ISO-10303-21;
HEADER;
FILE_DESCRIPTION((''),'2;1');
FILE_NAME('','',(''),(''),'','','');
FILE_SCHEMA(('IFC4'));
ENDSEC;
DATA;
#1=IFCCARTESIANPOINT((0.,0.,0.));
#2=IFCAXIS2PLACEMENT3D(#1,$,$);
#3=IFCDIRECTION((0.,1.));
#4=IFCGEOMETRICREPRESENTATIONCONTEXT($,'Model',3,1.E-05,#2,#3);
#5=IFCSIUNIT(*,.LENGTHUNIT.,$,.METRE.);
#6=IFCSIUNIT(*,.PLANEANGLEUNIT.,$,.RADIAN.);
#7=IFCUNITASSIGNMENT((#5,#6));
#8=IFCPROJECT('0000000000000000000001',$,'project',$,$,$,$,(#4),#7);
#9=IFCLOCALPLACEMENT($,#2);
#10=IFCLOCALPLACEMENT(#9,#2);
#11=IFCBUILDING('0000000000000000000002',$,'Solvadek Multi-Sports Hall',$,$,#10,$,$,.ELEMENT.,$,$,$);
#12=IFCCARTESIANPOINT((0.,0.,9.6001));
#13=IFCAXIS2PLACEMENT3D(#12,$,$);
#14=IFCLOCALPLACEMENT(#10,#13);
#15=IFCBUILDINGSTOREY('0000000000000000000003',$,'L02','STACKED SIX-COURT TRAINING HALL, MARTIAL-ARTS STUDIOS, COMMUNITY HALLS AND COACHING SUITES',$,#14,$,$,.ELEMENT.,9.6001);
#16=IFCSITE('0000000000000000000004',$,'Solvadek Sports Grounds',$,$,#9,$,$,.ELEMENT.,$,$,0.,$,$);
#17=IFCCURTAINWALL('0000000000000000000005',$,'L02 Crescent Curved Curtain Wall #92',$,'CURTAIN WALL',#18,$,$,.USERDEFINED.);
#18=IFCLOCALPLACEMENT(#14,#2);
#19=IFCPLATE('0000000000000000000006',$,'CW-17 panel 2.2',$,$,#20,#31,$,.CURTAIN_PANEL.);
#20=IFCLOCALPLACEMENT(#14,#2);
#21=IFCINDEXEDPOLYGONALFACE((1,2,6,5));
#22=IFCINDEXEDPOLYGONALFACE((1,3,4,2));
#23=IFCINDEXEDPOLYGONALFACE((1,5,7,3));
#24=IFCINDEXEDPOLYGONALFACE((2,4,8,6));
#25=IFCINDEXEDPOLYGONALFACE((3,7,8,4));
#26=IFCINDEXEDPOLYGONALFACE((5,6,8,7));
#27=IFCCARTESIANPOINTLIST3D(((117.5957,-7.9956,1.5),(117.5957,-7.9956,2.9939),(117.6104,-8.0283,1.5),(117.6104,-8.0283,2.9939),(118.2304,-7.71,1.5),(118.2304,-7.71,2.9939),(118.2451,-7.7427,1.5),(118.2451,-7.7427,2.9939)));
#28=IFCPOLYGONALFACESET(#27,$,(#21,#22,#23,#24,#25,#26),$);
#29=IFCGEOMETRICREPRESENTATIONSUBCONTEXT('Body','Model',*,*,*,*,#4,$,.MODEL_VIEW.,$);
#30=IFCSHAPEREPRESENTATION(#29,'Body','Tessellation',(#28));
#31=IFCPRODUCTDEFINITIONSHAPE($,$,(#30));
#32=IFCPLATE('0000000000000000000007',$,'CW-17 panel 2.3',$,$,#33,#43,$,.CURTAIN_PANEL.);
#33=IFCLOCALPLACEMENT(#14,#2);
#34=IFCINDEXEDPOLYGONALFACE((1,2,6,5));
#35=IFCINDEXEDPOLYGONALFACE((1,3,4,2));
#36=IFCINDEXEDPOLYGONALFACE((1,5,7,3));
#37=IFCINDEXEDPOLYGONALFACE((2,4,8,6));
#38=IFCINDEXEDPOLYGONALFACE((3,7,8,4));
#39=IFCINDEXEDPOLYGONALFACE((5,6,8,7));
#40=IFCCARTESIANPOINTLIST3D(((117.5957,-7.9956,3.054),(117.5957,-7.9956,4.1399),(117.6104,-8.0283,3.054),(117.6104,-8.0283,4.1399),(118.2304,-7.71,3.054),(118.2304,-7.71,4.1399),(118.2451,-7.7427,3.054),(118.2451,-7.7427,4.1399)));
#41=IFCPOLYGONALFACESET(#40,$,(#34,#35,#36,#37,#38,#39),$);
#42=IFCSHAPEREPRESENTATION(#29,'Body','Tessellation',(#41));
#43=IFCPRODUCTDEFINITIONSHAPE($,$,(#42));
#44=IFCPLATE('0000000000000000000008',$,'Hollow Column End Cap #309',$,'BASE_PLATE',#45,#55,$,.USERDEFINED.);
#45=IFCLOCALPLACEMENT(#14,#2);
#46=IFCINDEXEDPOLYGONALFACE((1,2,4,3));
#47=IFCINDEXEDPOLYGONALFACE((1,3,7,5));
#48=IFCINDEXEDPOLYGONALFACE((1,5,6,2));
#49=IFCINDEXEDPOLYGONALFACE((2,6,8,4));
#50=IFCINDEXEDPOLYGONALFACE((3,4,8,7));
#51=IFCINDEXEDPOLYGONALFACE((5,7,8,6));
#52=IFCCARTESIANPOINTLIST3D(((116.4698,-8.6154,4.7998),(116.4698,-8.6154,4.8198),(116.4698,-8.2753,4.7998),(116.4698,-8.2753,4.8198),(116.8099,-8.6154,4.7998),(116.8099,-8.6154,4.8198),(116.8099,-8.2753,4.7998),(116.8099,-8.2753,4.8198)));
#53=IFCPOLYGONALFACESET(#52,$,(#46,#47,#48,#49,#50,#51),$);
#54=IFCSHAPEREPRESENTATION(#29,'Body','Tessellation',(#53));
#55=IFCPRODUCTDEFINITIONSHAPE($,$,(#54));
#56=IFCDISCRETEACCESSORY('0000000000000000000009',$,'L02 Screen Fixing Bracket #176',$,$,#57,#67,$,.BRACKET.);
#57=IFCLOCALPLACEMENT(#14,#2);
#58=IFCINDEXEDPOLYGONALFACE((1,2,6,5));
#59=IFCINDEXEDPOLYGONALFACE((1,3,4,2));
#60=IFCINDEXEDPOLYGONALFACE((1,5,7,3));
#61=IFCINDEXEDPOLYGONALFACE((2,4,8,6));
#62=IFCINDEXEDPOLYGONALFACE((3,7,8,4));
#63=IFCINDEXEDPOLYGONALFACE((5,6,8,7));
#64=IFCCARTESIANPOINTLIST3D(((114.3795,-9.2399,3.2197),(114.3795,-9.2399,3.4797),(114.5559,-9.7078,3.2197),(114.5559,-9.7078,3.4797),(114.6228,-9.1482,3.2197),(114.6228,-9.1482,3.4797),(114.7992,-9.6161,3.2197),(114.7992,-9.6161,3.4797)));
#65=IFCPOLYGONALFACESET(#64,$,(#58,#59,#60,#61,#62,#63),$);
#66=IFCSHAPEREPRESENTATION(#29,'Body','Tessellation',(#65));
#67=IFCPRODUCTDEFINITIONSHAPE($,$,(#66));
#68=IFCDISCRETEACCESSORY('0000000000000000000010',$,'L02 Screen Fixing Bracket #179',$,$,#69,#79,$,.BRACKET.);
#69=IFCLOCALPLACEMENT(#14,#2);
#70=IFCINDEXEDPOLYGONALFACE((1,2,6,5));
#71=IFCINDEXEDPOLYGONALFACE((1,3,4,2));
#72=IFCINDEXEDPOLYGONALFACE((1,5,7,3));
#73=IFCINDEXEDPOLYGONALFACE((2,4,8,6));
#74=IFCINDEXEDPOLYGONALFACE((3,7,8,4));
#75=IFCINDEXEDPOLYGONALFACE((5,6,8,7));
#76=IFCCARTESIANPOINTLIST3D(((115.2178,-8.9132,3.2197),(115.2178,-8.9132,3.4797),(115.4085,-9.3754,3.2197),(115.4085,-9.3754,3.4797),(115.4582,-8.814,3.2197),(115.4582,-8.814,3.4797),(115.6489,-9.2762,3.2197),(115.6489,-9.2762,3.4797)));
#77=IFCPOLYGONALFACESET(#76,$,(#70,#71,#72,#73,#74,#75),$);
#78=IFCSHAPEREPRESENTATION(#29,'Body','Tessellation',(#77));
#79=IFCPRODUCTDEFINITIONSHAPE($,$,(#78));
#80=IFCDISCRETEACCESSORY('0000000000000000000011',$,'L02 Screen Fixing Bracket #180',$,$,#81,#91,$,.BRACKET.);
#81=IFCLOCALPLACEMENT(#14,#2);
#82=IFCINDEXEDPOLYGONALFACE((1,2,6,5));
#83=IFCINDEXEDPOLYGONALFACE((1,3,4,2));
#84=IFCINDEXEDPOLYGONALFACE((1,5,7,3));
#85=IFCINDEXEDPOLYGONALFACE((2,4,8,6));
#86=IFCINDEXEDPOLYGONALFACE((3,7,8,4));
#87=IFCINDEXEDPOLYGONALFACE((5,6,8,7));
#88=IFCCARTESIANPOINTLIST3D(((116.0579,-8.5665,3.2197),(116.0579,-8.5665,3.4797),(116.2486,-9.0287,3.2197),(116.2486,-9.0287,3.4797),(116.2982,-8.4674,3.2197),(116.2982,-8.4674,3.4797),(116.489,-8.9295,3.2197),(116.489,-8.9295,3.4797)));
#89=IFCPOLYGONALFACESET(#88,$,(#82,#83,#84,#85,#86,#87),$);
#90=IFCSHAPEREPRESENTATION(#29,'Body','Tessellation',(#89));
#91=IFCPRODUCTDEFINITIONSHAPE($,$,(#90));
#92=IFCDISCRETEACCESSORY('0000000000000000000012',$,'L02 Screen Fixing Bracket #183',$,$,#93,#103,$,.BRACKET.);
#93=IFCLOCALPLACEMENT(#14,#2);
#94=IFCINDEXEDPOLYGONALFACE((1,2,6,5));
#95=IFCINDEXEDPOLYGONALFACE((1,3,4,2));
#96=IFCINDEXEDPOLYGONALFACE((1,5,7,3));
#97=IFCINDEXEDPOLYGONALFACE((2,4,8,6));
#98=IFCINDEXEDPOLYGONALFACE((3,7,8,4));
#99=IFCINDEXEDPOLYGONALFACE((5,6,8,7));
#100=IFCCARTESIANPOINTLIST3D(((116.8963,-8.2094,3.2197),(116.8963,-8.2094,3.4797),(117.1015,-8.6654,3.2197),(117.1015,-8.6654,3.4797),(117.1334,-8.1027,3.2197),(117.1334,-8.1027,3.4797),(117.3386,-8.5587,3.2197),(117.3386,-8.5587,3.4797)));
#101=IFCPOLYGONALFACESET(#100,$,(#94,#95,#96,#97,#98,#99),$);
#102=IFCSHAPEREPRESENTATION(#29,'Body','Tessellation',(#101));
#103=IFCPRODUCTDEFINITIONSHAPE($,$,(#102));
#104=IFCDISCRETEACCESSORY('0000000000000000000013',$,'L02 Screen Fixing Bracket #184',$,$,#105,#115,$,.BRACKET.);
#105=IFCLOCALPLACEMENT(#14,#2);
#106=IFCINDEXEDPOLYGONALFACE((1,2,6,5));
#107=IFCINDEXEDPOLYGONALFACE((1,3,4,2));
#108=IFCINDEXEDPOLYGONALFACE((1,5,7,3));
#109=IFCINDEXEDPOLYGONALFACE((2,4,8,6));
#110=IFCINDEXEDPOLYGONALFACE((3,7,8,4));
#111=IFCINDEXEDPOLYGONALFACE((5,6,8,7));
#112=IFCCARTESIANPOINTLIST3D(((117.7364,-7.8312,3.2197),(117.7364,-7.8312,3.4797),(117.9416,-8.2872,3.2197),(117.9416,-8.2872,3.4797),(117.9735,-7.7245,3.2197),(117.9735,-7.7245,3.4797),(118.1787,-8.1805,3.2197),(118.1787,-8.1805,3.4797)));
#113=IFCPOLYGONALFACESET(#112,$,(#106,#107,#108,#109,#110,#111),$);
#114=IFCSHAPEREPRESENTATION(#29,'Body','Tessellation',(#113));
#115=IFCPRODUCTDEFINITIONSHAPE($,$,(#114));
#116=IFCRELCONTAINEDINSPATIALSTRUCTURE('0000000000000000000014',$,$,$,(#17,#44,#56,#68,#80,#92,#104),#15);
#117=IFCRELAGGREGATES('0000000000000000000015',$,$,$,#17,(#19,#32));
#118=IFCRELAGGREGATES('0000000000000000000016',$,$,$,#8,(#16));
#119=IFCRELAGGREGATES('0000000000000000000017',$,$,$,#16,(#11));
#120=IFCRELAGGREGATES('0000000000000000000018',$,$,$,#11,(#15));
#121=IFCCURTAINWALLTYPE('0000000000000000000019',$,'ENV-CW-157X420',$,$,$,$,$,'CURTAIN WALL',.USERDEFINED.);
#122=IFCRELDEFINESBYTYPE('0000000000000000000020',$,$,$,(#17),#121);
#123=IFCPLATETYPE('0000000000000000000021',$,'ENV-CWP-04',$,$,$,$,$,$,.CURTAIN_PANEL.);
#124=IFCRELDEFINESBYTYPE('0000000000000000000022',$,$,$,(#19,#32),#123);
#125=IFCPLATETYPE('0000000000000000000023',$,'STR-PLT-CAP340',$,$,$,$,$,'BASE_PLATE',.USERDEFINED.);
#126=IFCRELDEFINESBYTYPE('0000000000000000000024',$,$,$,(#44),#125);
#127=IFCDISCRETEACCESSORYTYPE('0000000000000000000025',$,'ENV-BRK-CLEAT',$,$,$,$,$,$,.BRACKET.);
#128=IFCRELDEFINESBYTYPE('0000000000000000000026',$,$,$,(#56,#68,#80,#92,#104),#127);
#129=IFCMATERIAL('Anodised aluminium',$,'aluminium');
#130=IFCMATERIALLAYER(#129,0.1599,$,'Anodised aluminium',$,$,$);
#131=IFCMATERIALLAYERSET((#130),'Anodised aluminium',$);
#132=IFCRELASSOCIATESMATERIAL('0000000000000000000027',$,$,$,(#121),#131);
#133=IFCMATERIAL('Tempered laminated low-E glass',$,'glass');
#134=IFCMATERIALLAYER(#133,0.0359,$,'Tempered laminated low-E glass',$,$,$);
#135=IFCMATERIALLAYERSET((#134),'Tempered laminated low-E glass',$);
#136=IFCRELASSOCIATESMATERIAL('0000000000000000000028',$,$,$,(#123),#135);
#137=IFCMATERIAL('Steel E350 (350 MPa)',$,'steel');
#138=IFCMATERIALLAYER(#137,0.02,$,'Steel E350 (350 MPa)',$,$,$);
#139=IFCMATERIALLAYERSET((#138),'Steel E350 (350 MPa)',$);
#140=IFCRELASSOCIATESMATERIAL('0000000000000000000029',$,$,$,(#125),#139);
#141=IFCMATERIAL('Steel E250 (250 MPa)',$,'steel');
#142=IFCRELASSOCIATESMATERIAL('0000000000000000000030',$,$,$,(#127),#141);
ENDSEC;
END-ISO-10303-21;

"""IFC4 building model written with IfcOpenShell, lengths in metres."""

from ifc_helpers import new_model, si_unit, direction, frame, origin, origin_2d, place, context, subcontext, project, spatial, rectangle, extrude, material, layer, layer_set, type_object, element, aggregate, save


model = new_model("IFC4")

# Units and contexts
model_context = context("Model", 3, precision=1e-05, world=origin(), true_north=direction((0.0, 1.0)))
body_context = subcontext(model_context, "Body", "Model", "MODEL_VIEW")
ifc_project = project(units=[si_unit("LENGTHUNIT", "METRE"), si_unit("PLANEANGLEUNIT", "RADIAN")], contexts=[model_context])

# Site, building, storey
site_placement = place(None, origin())
site = spatial("IfcSite", under=ifc_project, at=site_placement, Name="Solvadek Sports Grounds", CompositionType="ELEMENT", RefElevation=0.0)
building_placement = place(site_placement, origin())
building = spatial("IfcBuilding", under=site, at=building_placement, Name="Solvadek Multi-Sports Hall", CompositionType="ELEMENT")
storey_placement = place(building_placement, frame((0.0, 0.0, 9.6001)))
storey = spatial("IfcBuildingStorey", under=building, at=storey_placement, Name="L02", Description="STACKED SIX-COURT TRAINING HALL, MARTIAL-ARTS STUDIOS, COMMUNITY HALLS AND COACHING SUITES", CompositionType="ELEMENT", Elevation=9.6001)

# Curtain wall
ifc_material_1 = material(Name="Anodised aluminium", Category="aluminium")
ifc_layer_1 = layer(ifc_material_1, 0.1599, Name="Anodised aluminium")
ifc_layer_set_1 = layer_set([ifc_layer_1], Name="Anodised aluminium")
curtain_wall_type_1 = type_object("IfcCurtainWallType", Name="ENV-CW-157X420", ElementType="CURTAIN WALL", PredefinedType="USERDEFINED", material=ifc_layer_set_1)
curtain_wall_1_placement = place(storey_placement, origin())
curtain_wall_1 = element("IfcCurtainWall", 1, at=curtain_wall_1_placement, inside=storey, type_object=curtain_wall_type_1, Name="L02 Crescent Curved Curtain Wall #92", ObjectType="CURTAIN WALL", PredefinedType="USERDEFINED")

# Shared definitions
ifc_material_2 = material(Name="Steel E350 (350 MPa)", Category="steel")

# Shared definitions
ifc_material_3 = material(Name="Steel E250 (250 MPa)", Category="steel")

# Plates
ifc_material_4 = material(Name="Tempered laminated low-E glass", Category="glass")
ifc_layer_2 = layer(ifc_material_4, 0.0359, Name="Tempered laminated low-E glass")
ifc_layer_set_2 = layer_set([ifc_layer_2], Name="Tempered laminated low-E glass")
plate_type_1 = type_object("IfcPlateType", Name="ENV-CWP-04", PredefinedType="CURTAIN_PANEL", material=ifc_layer_set_2)
plate_1_placement = place(storey_placement, frame((117.9204, -7.8691, 1.5), z_axis=(0.0, 0.0, 1.0), x_axis=(0.911913, 0.410383, 0.0)))
plate_1 = element("IfcPlate", 2, at=plate_1_placement, type_object=plate_type_1, Name="CW-17 panel 2.2", PredefinedType="CURTAIN_PANEL", context=body_context, shape_type="SweptSolid", body=[
    extrude(rectangle(XDim=0.696, YDim=0.0359, at=origin_2d()), origin(), (0.0, 0.0, 1.0), 1.4939),
])
plate_2_placement = place(storey_placement, frame((117.9204, -7.8691, 3.054), z_axis=(0.0, 0.0, 1.0), x_axis=(0.911913, 0.410383, 0.0)))
plate_2 = element("IfcPlate", 3, at=plate_2_placement, type_object=plate_type_1, Name="CW-17 panel 2.3", PredefinedType="CURTAIN_PANEL", context=body_context, shape_type="SweptSolid", body=[
    extrude(rectangle(XDim=0.696, YDim=0.0359, at=origin_2d()), origin(), (0.0, 0.0, 1.0), 1.0859),
])
aggregate(curtain_wall_1, [plate_1, plate_2])
ifc_layer_3 = layer(ifc_material_2, 0.02, Name="Steel E350 (350 MPa)")
ifc_layer_set_3 = layer_set([ifc_layer_3], Name="Steel E350 (350 MPa)")
plate_type_2 = type_object("IfcPlateType", Name="STR-PLT-CAP340", ElementType="BASE_PLATE", PredefinedType="USERDEFINED", material=ifc_layer_set_3)
plate_3_placement = place(storey_placement, frame((116.6399, -8.4453, 4.7998), z_axis=(0.0, 0.0, 1.0), x_axis=(1.0, 0.0, 0.0)))
element("IfcPlate", 4, at=plate_3_placement, inside=storey, type_object=plate_type_2, Name="Hollow Column End Cap #309", ObjectType="BASE_PLATE", PredefinedType="USERDEFINED", context=body_context, shape_type="SweptSolid", body=[
    extrude(rectangle(XDim=0.3401, YDim=0.3401, at=origin_2d()), origin(), (0.0, 0.0, 1.0), 0.02),
])

# Discrete accessories
discrete_accessory_type = type_object("IfcDiscreteAccessoryType", Name="ENV-BRK-CLEAT", PredefinedType="BRACKET", material=ifc_material_3)
for number, where, z_axis, x_axis, name in (
    (5, (114.5894, -9.428, 3.2197), (0.0, 0.0, 1.0), (0.93576, 0.352637, 0.0), "L02 Screen Fixing Bracket #176"),
    (6, (115.4333, -9.0947, 3.2197), (0.0, 0.0, 1.0), (0.92438, 0.381472, 0.0), "L02 Screen Fixing Bracket #179"),
    (7, (116.2734, -8.748, 3.2197), (0.0, 0.0, 1.0), (0.92438, 0.381472, 0.0), "L02 Screen Fixing Bracket #180"),
    (8, (117.1174, -8.384, 3.2197), (0.0, 0.0, 1.0), (0.911922, 0.410365, 0.0), "L02 Screen Fixing Bracket #183"),
    (9, (117.9575, -8.0059, 3.2197), (0.0, 0.0, 1.0), (0.911922, 0.410365, 0.0), "L02 Screen Fixing Bracket #184"),
):
    element("IfcDiscreteAccessory", number, at=place(storey_placement, frame(where, z_axis=z_axis, x_axis=x_axis)), inside=storey, type_object=discrete_accessory_type, Name=name, PredefinedType="BRACKET", context=body_context, shape_type="SweptSolid", body=[
        extrude(rectangle(XDim=0.26, YDim=0.5, at=origin_2d()), origin(), (0.0, 0.0, 1.0), 0.26),
    ])

save(model, "model.ifc")
